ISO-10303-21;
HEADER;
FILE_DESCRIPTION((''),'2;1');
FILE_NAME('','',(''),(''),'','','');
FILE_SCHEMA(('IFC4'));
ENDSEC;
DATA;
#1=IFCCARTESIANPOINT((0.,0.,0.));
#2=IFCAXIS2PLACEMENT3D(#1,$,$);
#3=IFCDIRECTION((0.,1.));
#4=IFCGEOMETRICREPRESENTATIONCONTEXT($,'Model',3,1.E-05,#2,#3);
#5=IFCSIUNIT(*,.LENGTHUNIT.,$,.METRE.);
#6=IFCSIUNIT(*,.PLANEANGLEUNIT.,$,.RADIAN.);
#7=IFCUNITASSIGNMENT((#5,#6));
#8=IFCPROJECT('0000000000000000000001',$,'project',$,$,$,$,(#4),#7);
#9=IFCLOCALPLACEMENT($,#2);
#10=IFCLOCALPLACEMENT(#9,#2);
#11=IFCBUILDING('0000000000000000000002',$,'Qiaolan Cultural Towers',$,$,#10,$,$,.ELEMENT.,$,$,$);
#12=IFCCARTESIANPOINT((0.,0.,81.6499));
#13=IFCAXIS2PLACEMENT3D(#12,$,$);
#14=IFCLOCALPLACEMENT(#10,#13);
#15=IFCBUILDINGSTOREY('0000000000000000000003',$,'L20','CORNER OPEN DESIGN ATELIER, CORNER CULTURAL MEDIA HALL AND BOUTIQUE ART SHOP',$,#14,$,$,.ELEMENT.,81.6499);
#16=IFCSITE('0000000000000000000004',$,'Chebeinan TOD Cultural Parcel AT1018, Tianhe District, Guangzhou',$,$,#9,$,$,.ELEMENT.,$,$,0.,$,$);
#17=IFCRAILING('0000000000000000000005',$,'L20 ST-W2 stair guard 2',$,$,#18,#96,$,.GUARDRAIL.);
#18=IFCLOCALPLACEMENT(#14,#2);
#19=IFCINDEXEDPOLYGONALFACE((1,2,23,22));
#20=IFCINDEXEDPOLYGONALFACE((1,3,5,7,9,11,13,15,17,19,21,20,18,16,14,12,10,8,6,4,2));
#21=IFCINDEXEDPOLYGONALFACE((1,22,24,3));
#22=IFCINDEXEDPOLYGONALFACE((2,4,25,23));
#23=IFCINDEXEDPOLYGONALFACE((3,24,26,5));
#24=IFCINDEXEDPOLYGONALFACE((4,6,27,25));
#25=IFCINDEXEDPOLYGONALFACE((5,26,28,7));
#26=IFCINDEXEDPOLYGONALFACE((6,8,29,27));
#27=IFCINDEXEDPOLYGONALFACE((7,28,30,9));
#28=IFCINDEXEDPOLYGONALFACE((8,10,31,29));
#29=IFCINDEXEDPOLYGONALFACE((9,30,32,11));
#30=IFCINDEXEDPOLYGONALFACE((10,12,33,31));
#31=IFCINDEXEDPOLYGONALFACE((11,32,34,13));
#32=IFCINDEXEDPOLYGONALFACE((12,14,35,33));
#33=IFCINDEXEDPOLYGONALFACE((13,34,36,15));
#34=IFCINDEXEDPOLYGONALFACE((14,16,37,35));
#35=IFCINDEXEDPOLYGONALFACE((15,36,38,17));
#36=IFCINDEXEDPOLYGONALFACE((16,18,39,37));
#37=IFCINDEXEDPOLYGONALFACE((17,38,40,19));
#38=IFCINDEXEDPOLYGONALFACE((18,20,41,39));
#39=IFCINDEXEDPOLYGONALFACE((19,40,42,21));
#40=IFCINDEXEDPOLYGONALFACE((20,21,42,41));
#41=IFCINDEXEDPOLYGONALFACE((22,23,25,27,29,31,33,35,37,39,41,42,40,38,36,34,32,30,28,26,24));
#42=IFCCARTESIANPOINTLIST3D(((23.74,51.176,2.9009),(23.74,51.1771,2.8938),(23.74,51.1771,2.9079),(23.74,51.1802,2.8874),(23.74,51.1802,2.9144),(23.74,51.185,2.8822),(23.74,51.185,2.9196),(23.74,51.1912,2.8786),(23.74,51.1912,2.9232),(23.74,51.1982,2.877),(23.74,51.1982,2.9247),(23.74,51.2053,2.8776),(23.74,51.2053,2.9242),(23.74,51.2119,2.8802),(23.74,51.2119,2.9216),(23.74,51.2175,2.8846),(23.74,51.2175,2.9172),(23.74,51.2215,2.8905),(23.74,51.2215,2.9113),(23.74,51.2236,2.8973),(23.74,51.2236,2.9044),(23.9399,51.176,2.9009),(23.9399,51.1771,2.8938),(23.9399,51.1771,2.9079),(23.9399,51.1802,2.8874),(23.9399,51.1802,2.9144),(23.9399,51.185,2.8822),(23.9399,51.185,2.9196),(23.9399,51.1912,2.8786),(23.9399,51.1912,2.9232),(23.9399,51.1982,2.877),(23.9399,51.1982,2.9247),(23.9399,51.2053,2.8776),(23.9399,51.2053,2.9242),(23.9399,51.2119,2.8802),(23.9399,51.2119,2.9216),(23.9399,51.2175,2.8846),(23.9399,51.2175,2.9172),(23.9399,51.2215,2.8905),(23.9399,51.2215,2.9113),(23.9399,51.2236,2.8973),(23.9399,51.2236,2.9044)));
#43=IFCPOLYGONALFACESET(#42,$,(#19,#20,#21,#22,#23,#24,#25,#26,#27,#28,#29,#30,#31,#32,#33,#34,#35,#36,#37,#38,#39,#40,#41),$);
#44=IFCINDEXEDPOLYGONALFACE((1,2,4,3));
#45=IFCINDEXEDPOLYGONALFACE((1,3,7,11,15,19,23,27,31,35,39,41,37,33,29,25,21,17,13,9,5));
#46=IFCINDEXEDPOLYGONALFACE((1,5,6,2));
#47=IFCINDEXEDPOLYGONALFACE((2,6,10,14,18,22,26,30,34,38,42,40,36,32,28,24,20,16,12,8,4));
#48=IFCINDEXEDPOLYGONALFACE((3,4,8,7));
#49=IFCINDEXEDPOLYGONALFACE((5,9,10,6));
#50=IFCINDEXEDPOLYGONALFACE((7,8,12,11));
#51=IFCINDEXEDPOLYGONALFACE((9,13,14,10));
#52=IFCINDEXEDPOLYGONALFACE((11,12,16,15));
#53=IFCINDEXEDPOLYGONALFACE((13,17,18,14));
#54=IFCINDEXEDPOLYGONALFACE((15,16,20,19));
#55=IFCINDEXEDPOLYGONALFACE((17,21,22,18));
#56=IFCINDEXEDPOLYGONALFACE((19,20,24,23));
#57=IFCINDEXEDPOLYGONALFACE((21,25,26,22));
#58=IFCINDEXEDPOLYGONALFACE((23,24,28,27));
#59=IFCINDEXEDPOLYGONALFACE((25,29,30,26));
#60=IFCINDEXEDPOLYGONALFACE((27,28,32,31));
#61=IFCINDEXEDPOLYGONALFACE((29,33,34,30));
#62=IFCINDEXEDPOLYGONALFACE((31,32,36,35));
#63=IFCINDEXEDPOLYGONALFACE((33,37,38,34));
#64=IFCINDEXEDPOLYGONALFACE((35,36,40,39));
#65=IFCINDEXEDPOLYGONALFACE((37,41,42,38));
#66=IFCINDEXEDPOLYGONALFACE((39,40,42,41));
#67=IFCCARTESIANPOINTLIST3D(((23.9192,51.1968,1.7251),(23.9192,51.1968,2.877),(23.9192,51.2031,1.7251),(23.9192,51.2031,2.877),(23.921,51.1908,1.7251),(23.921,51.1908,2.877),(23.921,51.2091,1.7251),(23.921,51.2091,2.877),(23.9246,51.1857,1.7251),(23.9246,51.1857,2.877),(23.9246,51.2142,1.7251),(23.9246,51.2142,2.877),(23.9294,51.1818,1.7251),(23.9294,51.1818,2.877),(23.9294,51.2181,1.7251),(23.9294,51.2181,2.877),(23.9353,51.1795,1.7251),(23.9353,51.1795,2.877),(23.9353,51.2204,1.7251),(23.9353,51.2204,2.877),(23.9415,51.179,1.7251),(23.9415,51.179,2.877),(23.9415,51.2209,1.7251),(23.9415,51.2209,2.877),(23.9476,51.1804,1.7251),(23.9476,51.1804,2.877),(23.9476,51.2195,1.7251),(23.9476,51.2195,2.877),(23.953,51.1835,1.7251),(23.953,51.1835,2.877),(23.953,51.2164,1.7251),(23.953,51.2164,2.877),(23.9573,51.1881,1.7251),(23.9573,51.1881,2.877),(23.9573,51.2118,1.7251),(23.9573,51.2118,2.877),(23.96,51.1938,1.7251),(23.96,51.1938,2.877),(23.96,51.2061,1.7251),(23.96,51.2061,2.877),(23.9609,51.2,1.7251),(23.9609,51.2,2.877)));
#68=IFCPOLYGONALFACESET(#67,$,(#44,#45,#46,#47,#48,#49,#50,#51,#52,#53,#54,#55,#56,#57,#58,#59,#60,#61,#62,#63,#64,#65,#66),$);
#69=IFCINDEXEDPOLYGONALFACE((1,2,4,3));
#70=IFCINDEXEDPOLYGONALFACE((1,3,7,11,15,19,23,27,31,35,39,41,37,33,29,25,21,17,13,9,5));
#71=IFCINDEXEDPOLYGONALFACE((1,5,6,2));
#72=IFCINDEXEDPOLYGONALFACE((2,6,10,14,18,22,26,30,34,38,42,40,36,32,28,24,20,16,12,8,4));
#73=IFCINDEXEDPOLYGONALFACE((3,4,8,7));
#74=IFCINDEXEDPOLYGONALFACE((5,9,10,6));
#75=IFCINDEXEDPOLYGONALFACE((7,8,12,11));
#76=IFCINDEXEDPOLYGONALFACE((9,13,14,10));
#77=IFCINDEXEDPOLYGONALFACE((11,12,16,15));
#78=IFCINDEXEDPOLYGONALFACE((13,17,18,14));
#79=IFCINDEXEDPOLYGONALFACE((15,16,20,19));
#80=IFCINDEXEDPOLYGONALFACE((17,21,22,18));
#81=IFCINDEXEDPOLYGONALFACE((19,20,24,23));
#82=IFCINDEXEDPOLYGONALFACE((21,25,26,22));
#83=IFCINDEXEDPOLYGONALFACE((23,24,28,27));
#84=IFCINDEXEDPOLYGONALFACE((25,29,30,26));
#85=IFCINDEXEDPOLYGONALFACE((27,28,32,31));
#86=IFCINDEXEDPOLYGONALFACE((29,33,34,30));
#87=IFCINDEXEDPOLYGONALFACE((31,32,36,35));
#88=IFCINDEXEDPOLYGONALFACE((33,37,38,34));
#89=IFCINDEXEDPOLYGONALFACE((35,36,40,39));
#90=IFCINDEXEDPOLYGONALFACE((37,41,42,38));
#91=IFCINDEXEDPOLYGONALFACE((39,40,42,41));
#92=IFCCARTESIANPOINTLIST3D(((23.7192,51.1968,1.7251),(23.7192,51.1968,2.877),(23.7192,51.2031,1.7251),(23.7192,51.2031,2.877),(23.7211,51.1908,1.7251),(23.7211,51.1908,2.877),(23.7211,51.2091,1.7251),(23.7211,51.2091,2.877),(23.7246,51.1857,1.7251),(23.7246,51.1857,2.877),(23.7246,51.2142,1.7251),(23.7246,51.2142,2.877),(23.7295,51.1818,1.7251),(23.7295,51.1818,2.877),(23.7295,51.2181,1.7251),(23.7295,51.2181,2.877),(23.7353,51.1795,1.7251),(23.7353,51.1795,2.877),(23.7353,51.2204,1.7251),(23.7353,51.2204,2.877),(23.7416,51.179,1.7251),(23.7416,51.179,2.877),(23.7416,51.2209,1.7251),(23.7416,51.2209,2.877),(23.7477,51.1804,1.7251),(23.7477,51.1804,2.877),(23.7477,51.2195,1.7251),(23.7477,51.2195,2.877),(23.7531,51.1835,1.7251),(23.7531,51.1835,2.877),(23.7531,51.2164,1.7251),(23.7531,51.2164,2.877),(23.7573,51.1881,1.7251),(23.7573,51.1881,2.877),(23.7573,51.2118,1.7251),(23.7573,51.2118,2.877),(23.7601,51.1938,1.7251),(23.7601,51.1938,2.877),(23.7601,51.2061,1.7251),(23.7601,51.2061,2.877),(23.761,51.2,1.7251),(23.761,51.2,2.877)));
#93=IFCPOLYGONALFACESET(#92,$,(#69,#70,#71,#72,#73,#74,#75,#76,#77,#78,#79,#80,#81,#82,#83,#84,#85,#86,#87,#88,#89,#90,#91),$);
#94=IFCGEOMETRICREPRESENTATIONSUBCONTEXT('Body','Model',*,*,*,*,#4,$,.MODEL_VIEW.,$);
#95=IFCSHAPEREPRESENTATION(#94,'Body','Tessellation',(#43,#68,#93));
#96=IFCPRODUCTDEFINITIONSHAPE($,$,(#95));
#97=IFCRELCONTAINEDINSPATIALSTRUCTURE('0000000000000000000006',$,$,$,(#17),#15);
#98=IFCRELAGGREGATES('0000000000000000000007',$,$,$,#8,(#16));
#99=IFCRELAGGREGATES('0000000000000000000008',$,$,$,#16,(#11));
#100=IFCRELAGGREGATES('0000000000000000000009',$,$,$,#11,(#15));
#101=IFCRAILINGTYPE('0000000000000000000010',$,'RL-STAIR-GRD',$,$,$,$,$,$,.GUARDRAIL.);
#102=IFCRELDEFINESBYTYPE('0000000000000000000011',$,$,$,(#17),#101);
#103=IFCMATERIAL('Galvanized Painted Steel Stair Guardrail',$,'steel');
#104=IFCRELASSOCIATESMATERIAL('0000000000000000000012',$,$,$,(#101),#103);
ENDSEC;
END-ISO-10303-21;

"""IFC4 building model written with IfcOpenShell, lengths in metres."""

from ifc_helpers import new_model, si_unit, direction, frame, origin, origin_2d, place, context, subcontext, project, spatial, circle, extrude, material, type_object, element, save


model = new_model("IFC4")

# Units and contexts
model_context = context("Model", 3, precision=1e-05, world=origin(), true_north=direction((0.0, 1.0)))
body_context = subcontext(model_context, "Body", "Model", "MODEL_VIEW")
ifc_project = project(units=[si_unit("LENGTHUNIT", "METRE"), si_unit("PLANEANGLEUNIT", "RADIAN")], contexts=[model_context])

# Site, building, storey
site_placement = place(None, origin())
site = spatial("IfcSite", under=ifc_project, at=site_placement, Name="Chebeinan TOD Cultural Parcel AT1018, Tianhe District, Guangzhou", CompositionType="ELEMENT", RefElevation=0.0)
building_placement = place(site_placement, origin())
building = spatial("IfcBuilding", under=site, at=building_placement, Name="Qiaolan Cultural Towers", CompositionType="ELEMENT")
storey_placement = place(building_placement, frame((0.0, 0.0, 81.6499)))
storey = spatial("IfcBuildingStorey", under=building, at=storey_placement, Name="L20", Description="CORNER OPEN DESIGN ATELIER, CORNER CULTURAL MEDIA HALL AND BOUTIQUE ART SHOP", CompositionType="ELEMENT", Elevation=81.6499)

# Railing
ifc_material_1 = material(Name="Galvanized Painted Steel Stair Guardrail", Category="steel")
railing_type_1 = type_object("IfcRailingType", Name="RL-STAIR-GRD", PredefinedType="GUARDRAIL", material=ifc_material_1)
railing_1_placement = place(storey_placement, frame((23.9399, 51.2, 1.7251)))
element("IfcRailing", 1, at=railing_1_placement, inside=storey, type_object=railing_type_1, Name="L20 ST-W2 stair guard 2", PredefinedType="GUARDRAIL", context=body_context, shape_type="SweptSolid", body=[
    extrude(circle(Radius=0.0239, at=origin_2d()), frame((0.0, 0.0, 1.1758), z_axis=(-1.0, 0.0, 0.0), x_axis=(0.0, -1.0, 0.0)), (0.0, 0.0, 1.0), 0.2),
    extrude(circle(Radius=0.021, at=origin_2d()), origin(), (0.0, 0.0, 1.0), 1.1519),
    extrude(circle(Radius=0.021, at=origin_2d()), frame((-0.2, 0.0, 0.0)), (0.0, 0.0, 1.0), 1.1519),
])

save(model, "model.ifc")
